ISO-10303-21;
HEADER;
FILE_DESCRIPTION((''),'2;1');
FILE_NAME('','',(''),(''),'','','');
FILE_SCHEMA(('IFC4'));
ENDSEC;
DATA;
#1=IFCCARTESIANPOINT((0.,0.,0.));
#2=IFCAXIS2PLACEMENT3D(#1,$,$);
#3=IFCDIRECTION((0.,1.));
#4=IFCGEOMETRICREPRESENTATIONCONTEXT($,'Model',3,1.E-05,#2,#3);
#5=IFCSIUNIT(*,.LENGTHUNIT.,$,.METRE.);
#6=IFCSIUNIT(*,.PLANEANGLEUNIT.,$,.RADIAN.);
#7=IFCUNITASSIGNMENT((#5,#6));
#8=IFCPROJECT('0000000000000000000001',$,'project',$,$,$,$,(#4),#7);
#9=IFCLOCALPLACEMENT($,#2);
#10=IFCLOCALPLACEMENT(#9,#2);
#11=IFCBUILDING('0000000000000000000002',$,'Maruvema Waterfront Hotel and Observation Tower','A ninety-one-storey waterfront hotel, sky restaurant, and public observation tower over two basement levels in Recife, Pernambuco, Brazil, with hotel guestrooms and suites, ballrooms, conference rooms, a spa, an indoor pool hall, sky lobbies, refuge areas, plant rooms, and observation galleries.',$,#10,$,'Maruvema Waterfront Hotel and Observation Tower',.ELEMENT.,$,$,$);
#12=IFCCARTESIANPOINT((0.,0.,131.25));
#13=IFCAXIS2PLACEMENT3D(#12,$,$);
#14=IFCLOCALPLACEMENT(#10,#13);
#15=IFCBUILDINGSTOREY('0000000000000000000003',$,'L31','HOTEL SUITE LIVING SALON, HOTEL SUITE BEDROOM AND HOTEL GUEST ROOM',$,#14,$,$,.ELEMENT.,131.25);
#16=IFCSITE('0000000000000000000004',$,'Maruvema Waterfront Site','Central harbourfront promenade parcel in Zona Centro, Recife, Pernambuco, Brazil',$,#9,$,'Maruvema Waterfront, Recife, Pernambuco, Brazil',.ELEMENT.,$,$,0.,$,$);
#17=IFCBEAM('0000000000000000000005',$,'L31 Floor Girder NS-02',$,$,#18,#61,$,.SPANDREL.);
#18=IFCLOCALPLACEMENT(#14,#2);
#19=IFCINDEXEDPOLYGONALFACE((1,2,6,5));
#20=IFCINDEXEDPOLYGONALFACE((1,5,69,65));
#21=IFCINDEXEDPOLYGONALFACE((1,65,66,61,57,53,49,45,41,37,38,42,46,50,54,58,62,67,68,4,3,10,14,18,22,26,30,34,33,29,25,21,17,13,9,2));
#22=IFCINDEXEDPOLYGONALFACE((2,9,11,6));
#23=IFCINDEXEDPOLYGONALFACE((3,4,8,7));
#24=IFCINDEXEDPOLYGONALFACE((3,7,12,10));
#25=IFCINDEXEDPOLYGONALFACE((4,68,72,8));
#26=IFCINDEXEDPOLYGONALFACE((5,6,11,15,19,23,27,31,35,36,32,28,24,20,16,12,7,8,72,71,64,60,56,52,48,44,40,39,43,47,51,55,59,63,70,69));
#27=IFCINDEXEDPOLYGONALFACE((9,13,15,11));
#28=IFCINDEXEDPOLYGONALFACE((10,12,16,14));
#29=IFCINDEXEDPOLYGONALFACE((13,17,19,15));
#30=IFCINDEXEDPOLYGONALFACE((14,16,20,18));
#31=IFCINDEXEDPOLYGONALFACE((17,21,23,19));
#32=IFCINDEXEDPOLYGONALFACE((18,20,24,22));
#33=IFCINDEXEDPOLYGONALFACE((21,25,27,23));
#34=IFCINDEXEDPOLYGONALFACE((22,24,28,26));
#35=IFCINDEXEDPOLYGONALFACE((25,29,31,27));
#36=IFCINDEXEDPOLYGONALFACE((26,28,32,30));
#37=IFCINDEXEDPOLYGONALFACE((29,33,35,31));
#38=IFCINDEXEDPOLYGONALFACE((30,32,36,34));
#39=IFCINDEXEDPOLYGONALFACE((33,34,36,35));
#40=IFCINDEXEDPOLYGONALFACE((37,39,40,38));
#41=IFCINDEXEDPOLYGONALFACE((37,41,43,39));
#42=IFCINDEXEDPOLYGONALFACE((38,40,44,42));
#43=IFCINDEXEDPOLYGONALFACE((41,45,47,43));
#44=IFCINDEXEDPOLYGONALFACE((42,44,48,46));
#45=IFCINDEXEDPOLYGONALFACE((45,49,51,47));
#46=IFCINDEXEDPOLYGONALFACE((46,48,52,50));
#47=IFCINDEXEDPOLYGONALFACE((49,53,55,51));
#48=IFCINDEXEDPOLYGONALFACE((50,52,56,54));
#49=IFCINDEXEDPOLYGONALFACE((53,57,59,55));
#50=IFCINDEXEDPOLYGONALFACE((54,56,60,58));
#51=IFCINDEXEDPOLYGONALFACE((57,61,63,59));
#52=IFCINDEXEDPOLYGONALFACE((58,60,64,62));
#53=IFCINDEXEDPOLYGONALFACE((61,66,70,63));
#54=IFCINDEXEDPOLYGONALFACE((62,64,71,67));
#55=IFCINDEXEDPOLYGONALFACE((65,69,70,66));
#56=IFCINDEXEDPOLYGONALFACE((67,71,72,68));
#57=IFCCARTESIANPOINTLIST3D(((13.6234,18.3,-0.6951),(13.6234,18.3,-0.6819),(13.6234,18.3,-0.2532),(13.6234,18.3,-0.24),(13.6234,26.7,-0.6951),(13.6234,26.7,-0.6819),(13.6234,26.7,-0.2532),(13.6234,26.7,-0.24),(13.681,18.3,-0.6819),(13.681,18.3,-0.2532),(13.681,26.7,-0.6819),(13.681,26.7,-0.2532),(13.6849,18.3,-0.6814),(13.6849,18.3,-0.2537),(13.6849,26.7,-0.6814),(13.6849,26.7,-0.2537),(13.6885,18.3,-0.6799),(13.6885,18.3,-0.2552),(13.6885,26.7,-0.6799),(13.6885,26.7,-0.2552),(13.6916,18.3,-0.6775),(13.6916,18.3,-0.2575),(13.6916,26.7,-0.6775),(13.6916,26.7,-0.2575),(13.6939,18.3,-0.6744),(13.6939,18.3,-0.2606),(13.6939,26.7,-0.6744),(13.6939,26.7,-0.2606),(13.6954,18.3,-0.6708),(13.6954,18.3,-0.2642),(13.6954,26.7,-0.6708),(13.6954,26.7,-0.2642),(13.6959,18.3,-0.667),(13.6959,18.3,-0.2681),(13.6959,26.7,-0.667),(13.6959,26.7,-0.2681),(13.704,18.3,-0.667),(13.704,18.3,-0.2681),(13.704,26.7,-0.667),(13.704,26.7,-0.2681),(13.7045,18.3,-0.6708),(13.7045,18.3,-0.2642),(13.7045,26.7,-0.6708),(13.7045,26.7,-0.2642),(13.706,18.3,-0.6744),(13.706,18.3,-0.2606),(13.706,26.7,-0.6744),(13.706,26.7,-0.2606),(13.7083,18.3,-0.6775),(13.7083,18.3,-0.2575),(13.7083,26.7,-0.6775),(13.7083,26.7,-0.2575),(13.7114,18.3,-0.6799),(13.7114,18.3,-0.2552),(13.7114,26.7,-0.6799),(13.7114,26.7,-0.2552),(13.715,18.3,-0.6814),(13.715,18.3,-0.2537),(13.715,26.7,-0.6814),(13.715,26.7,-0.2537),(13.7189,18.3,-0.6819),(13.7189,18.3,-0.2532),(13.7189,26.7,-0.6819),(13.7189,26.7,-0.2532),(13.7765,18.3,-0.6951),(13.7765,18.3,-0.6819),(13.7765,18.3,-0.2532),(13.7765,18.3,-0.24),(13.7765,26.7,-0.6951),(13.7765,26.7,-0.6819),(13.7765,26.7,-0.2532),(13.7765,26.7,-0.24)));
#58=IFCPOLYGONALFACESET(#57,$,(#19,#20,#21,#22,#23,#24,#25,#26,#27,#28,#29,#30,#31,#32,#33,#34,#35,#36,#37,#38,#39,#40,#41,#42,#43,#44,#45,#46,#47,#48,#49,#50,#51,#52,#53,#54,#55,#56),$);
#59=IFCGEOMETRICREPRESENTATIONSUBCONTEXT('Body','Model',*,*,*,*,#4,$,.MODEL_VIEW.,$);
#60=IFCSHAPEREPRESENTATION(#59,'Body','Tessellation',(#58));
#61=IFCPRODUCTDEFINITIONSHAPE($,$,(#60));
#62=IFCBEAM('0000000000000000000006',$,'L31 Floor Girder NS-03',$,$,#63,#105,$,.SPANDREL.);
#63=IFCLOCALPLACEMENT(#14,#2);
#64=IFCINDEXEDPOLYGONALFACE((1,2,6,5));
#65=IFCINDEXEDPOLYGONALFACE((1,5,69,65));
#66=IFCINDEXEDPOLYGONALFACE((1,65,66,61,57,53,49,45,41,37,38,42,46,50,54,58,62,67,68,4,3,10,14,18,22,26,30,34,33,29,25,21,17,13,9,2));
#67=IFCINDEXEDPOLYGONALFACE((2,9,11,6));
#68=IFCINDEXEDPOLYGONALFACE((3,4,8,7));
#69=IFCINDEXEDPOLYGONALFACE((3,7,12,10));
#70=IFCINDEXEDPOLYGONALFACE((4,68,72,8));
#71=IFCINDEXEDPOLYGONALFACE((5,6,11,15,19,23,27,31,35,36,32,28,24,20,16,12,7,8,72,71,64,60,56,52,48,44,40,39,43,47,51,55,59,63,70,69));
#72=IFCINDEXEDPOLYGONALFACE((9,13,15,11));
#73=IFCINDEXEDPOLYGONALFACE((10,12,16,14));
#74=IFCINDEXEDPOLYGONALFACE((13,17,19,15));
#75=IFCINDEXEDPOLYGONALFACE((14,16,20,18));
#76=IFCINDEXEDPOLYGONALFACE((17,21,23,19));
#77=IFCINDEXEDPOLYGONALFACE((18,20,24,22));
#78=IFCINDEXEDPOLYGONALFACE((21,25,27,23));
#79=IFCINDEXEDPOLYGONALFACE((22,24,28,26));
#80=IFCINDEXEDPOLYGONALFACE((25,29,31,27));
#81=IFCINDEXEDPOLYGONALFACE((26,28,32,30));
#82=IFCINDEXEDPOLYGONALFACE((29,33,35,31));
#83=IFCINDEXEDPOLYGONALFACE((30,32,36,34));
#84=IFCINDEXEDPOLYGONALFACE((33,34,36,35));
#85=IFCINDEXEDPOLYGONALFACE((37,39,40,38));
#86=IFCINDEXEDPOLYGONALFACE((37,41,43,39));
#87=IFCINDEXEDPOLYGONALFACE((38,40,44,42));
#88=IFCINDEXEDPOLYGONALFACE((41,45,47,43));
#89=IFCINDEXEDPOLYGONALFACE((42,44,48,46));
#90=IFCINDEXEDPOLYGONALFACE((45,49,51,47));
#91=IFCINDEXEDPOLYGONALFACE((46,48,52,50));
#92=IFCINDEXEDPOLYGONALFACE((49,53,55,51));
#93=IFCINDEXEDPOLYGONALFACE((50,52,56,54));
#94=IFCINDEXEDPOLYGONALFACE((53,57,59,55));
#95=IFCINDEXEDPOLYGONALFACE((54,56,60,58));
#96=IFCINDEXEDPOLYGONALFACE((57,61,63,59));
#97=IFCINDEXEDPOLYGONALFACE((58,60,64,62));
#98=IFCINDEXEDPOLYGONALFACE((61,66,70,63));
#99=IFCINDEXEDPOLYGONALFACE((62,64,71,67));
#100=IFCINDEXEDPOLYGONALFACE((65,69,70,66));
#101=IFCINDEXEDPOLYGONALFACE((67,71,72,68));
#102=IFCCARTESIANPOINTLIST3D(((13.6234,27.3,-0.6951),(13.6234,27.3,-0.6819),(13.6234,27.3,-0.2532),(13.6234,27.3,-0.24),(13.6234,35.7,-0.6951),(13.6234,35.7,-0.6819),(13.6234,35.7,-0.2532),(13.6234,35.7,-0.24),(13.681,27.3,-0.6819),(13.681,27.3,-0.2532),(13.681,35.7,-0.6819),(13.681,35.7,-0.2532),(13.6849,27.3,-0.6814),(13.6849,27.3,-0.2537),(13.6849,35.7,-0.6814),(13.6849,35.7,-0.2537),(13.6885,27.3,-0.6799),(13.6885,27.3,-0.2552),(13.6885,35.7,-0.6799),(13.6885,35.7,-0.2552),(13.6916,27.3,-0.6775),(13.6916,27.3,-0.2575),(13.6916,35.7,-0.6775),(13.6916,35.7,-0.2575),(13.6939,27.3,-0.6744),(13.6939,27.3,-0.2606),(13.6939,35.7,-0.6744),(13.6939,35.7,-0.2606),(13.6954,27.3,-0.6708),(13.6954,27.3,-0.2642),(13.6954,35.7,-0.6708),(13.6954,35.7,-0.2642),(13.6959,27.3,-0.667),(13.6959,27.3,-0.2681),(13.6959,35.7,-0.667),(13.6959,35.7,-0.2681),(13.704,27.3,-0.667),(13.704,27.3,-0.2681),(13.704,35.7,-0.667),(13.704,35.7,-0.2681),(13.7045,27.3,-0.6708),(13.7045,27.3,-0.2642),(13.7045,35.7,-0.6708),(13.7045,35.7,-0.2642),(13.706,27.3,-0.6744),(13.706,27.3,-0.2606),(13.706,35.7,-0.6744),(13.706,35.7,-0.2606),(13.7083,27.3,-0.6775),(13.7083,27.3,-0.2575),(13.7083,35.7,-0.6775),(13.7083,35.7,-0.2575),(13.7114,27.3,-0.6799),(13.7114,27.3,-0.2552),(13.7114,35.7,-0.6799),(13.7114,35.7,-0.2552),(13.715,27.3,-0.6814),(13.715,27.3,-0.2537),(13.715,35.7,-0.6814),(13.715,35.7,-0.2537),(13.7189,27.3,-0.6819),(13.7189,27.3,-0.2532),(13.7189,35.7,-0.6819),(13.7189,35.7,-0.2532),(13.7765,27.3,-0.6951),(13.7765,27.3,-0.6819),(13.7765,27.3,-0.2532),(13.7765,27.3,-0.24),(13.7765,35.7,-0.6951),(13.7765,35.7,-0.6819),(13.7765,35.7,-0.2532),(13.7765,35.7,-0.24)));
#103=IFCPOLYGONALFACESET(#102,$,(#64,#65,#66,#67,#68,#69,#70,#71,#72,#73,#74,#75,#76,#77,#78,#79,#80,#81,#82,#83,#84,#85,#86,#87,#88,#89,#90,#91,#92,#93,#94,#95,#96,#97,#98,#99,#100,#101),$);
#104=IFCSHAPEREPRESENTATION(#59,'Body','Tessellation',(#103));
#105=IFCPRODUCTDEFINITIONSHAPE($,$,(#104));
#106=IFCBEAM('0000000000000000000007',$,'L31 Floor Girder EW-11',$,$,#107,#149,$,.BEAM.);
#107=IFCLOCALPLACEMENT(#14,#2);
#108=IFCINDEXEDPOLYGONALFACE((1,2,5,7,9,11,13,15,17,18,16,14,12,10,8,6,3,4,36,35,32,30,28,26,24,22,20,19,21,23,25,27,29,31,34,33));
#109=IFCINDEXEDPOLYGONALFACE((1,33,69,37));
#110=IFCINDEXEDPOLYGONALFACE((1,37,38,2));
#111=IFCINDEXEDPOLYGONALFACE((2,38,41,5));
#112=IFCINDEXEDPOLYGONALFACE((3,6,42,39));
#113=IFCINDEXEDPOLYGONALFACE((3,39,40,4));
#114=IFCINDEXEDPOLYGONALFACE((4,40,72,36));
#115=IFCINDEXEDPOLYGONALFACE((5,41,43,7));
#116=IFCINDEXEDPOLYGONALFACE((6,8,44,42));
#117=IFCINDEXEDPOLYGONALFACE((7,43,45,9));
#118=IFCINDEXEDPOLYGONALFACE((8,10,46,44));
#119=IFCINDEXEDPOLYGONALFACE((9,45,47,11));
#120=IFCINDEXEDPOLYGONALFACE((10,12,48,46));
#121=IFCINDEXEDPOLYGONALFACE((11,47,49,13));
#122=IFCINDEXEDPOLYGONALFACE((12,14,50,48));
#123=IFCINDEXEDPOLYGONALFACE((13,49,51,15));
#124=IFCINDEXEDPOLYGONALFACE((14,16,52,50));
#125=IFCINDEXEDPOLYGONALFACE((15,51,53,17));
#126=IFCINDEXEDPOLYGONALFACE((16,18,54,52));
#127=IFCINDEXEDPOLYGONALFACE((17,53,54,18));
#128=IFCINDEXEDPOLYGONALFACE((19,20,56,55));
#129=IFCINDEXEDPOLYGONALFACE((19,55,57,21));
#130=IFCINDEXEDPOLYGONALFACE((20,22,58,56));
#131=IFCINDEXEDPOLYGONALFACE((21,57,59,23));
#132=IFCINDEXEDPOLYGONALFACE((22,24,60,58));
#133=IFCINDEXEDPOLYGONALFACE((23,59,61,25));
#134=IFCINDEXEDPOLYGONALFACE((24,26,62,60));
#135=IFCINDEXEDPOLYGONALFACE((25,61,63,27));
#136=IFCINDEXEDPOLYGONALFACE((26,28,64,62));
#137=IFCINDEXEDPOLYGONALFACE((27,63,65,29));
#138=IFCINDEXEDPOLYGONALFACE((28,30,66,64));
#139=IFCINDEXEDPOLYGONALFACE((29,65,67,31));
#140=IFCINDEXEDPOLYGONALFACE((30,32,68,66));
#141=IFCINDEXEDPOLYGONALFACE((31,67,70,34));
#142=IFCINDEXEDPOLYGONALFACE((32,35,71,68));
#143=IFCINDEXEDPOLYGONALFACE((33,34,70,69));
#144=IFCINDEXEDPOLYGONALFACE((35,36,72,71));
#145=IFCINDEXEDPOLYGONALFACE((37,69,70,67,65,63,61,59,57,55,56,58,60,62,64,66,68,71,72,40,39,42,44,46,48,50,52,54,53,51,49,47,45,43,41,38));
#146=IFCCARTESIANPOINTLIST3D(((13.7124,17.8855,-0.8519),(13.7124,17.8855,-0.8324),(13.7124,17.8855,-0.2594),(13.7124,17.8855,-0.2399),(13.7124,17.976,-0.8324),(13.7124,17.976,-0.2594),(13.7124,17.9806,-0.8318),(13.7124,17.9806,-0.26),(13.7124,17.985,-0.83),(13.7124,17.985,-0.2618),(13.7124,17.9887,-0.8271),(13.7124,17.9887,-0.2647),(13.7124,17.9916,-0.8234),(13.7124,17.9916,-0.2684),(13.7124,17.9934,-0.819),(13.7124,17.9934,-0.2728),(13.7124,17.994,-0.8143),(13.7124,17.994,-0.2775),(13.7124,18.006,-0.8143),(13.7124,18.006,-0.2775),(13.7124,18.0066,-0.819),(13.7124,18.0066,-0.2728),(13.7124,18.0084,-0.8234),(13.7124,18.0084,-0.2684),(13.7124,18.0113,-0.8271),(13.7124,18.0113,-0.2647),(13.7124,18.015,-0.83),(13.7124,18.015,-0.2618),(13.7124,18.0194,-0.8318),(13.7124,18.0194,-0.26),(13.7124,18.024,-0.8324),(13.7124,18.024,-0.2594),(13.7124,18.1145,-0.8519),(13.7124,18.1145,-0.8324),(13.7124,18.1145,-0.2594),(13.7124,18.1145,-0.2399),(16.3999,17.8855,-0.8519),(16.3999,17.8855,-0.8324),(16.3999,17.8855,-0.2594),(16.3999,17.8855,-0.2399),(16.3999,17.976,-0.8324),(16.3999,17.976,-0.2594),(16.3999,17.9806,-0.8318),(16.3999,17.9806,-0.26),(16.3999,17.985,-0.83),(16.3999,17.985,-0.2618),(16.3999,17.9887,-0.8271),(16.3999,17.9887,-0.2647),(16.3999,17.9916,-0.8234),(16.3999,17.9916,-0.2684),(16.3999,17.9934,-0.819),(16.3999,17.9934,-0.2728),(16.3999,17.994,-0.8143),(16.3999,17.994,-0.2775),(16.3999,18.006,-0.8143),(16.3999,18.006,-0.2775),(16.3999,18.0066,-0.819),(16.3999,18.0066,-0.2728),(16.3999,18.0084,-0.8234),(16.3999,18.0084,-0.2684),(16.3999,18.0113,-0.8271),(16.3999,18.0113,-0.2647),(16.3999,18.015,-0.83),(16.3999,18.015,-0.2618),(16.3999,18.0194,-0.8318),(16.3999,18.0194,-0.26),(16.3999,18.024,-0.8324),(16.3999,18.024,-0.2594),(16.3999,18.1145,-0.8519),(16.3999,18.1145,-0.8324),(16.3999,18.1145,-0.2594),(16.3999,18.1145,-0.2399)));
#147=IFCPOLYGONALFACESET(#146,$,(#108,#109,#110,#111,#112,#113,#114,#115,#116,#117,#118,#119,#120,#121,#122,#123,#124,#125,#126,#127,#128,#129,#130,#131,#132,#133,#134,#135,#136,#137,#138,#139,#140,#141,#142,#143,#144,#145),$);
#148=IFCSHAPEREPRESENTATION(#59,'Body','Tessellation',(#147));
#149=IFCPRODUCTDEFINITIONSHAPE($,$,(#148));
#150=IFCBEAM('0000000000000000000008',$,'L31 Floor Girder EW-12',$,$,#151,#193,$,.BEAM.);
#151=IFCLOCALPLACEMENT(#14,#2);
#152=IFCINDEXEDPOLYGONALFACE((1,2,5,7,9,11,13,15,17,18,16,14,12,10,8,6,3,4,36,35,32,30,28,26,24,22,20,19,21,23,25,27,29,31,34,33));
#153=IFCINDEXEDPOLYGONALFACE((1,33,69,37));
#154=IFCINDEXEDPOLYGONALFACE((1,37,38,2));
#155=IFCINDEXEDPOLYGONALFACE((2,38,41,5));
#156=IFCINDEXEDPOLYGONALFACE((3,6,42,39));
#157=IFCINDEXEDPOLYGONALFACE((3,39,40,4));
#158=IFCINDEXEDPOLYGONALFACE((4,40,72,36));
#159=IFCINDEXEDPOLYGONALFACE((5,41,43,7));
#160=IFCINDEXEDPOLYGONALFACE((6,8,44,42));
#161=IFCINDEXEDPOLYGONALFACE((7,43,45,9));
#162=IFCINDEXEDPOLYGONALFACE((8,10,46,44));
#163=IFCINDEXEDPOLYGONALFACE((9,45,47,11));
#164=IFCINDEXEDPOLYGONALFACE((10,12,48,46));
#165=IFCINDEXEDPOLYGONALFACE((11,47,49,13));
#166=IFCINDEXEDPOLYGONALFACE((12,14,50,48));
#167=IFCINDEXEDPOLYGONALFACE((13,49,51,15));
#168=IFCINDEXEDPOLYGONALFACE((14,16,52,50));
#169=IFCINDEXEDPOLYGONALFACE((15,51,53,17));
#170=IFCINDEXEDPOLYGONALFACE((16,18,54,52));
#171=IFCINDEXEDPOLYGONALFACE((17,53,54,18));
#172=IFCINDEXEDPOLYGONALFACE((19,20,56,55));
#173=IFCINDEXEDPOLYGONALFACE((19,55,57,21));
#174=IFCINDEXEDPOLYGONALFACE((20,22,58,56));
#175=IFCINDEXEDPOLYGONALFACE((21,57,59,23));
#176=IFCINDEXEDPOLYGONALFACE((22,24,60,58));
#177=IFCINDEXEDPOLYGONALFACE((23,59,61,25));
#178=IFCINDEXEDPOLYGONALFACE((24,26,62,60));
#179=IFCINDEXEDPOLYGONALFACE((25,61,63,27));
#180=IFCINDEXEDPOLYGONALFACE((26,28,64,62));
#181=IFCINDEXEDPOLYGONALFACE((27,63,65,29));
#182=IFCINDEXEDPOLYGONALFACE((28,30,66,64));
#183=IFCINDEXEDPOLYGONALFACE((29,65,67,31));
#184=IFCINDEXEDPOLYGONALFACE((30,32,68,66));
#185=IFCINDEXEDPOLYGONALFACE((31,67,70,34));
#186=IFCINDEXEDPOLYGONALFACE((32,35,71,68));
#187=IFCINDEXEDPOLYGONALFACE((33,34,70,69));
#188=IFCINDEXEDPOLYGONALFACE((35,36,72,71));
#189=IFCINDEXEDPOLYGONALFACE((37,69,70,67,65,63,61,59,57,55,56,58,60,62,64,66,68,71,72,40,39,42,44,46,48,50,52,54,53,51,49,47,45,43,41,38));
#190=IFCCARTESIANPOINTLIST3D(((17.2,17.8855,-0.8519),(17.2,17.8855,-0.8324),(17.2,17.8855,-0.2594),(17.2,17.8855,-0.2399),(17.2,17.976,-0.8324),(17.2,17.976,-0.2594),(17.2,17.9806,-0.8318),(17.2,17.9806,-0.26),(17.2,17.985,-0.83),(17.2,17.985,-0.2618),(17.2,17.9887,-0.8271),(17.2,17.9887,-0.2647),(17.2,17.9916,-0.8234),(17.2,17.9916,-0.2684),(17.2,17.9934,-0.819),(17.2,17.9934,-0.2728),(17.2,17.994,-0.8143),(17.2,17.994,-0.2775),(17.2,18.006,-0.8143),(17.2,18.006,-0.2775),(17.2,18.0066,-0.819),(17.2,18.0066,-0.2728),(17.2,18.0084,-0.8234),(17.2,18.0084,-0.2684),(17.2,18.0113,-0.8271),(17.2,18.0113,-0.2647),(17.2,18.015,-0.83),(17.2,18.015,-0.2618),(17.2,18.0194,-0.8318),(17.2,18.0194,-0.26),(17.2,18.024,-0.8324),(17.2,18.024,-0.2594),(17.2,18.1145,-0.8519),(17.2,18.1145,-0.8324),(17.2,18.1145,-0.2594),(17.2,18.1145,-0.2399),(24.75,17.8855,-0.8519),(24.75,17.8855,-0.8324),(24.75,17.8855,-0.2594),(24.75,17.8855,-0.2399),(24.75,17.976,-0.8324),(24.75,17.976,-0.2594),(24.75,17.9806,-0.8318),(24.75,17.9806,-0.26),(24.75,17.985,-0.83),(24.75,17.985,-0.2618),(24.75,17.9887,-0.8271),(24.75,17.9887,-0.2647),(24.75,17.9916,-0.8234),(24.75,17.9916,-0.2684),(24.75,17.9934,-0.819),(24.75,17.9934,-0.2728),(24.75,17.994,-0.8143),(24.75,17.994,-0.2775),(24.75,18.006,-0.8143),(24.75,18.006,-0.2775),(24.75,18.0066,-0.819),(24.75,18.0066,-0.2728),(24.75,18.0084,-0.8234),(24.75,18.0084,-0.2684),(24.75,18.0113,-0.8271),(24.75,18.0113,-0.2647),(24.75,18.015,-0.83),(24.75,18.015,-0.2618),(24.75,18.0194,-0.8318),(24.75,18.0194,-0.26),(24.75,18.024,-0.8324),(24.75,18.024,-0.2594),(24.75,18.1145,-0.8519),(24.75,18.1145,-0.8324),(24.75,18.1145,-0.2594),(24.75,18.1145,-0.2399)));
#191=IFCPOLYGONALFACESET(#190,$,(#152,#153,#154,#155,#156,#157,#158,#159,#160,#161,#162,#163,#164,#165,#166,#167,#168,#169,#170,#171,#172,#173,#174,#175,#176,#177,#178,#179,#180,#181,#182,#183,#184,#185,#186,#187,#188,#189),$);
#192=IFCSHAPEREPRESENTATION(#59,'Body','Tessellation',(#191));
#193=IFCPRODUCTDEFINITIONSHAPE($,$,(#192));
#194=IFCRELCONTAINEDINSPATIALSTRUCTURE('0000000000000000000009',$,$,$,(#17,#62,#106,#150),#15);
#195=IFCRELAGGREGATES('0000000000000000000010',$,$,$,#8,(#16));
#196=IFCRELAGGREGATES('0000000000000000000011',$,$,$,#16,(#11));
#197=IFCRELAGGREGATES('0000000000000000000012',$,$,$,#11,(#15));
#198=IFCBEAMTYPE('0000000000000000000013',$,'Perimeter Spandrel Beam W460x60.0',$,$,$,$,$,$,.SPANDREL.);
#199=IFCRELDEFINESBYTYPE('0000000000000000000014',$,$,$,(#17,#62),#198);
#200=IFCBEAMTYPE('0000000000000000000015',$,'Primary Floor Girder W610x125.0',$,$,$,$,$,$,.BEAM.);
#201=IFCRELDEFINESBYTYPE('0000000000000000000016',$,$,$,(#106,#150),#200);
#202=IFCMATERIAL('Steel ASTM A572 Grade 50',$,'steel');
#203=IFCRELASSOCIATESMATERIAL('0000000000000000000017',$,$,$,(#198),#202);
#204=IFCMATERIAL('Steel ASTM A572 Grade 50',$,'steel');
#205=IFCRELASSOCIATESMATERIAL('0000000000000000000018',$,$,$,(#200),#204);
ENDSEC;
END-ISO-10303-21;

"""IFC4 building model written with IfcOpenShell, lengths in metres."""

from ifc_helpers import new_model, si_unit, direction, frame, origin, origin_2d, place, context, subcontext, project, spatial, i_section, extrude, material, material_profile, profile_set, type_object, element, save


model = new_model("IFC4")

# Units and contexts
model_context = context("Model", 3, precision=1e-05, world=origin(), true_north=direction((0.0, 1.0)))
body_context = subcontext(model_context, "Body", "Model", "MODEL_VIEW")
ifc_project = project(units=[si_unit("LENGTHUNIT", "METRE"), si_unit("PLANEANGLEUNIT", "RADIAN")], contexts=[model_context])

# Site, building, storey
site_placement = place(None, origin())
site = spatial("IfcSite", under=ifc_project, at=site_placement, Name="Maruvema Waterfront Site", Description="Central harbourfront promenade parcel in Zona Centro, Recife, Pernambuco, Brazil", LongName="Maruvema Waterfront, Recife, Pernambuco, Brazil", CompositionType="ELEMENT", RefElevation=0.0)
building_placement = place(site_placement, origin())
building = spatial("IfcBuilding", under=site, at=building_placement, Name="Maruvema Waterfront Hotel and Observation Tower", Description="A ninety-one-storey waterfront hotel, sky restaurant, and public observation tower over two basement levels in Recife, Pernambuco, Brazil, with hotel guestrooms and suites, ballrooms, conference rooms, a spa, an indoor pool hall, sky lobbies, refuge areas, plant rooms, and observation galleries.", LongName="Maruvema Waterfront Hotel and Observation Tower", CompositionType="ELEMENT")
storey_placement = place(building_placement, frame((0.0, 0.0, 131.25)))
storey = spatial("IfcBuildingStorey", under=building, at=storey_placement, Name="L31", Description="HOTEL SUITE LIVING SALON, HOTEL SUITE BEDROOM AND HOTEL GUEST ROOM", CompositionType="ELEMENT", Elevation=131.25)

# Beams
ifc_material_1 = material(Name="Steel ASTM A572 Grade 50", Category="steel")
ifc_material_profile_1 = material_profile(ifc_material_1, i_section(OverallWidth=0.1531, OverallDepth=0.4551, WebThickness=0.0081, FlangeThickness=0.0132, FilletRadius=0.0149, at=origin_2d()), Name="W460x60.0")
ifc_profile_set_1 = profile_set([ifc_material_profile_1], Name="Steel ASTM A572 Grade 50")
beam_type_1 = type_object("IfcBeamType", Name="Perimeter Spandrel Beam W460x60.0", PredefinedType="SPANDREL", material=ifc_profile_set_1)
for number, where, z_axis, x_axis, name in (
    (1, (13.7, 18.3, -0.4675), (0.0, 1.0, 0.0), (-1.0, 0.0, 0.0), "L31 Floor Girder NS-02"),
    (2, (13.7, 27.3, -0.4675), (0.0, 1.0, 0.0), (-1.0, 0.0, 0.0), "L31 Floor Girder NS-03"),
):
    element("IfcBeam", number, at=place(storey_placement, frame(where, z_axis=z_axis, x_axis=x_axis)), inside=storey, type_object=beam_type_1, Name=name, PredefinedType="SPANDREL", context=body_context, shape_type="SweptSolid", body=[
        extrude(i_section(OverallWidth=0.1531, OverallDepth=0.4551, WebThickness=0.0081, FlangeThickness=0.0132, FilletRadius=0.0149, at=origin_2d()), origin(), (0.0, 0.0, 1.0), 8.3999),
    ])
ifc_material_2 = material(Name="Steel ASTM A572 Grade 50", Category="steel")
ifc_material_profile_2 = material_profile(ifc_material_2, i_section(OverallWidth=0.229, OverallDepth=0.6121, WebThickness=0.012, FlangeThickness=0.0195, FilletRadius=0.0181, at=origin_2d()), Name="W610x125.0")
ifc_profile_set_2 = profile_set([ifc_material_profile_2], Name="Steel ASTM A572 Grade 50")
beam_type_2 = type_object("IfcBeamType", Name="Primary Floor Girder W610x125.0", PredefinedType="BEAM", material=ifc_profile_set_2)
beam_1_placement = place(storey_placement, frame((13.7124, 18.0, -0.5459), z_axis=(1.0, 0.0, 0.0), x_axis=(0.0, 1.0, 0.0)))
element("IfcBeam", 3, at=beam_1_placement, inside=storey, type_object=beam_type_2, Name="L31 Floor Girder EW-11", PredefinedType="BEAM", context=body_context, shape_type="SweptSolid", body=[
    extrude(i_section(OverallWidth=0.229, OverallDepth=0.6121, WebThickness=0.012, FlangeThickness=0.0195, FilletRadius=0.0181, at=origin_2d()), origin(), (0.0, 0.0, 1.0), 2.6875),
])
beam_2_placement = place(storey_placement, frame((17.2, 18.0, -0.5459), z_axis=(1.0, 0.0, 0.0), x_axis=(0.0, 1.0, 0.0)))
element("IfcBeam", 4, at=beam_2_placement, inside=storey, type_object=beam_type_2, Name="L31 Floor Girder EW-12", PredefinedType="BEAM", context=body_context, shape_type="SweptSolid", body=[
    extrude(i_section(OverallWidth=0.229, OverallDepth=0.6121, WebThickness=0.012, FlangeThickness=0.0195, FilletRadius=0.0181, at=origin_2d()), origin(), (0.0, 0.0, 1.0), 7.55),
])

save(model, "model.ifc")
